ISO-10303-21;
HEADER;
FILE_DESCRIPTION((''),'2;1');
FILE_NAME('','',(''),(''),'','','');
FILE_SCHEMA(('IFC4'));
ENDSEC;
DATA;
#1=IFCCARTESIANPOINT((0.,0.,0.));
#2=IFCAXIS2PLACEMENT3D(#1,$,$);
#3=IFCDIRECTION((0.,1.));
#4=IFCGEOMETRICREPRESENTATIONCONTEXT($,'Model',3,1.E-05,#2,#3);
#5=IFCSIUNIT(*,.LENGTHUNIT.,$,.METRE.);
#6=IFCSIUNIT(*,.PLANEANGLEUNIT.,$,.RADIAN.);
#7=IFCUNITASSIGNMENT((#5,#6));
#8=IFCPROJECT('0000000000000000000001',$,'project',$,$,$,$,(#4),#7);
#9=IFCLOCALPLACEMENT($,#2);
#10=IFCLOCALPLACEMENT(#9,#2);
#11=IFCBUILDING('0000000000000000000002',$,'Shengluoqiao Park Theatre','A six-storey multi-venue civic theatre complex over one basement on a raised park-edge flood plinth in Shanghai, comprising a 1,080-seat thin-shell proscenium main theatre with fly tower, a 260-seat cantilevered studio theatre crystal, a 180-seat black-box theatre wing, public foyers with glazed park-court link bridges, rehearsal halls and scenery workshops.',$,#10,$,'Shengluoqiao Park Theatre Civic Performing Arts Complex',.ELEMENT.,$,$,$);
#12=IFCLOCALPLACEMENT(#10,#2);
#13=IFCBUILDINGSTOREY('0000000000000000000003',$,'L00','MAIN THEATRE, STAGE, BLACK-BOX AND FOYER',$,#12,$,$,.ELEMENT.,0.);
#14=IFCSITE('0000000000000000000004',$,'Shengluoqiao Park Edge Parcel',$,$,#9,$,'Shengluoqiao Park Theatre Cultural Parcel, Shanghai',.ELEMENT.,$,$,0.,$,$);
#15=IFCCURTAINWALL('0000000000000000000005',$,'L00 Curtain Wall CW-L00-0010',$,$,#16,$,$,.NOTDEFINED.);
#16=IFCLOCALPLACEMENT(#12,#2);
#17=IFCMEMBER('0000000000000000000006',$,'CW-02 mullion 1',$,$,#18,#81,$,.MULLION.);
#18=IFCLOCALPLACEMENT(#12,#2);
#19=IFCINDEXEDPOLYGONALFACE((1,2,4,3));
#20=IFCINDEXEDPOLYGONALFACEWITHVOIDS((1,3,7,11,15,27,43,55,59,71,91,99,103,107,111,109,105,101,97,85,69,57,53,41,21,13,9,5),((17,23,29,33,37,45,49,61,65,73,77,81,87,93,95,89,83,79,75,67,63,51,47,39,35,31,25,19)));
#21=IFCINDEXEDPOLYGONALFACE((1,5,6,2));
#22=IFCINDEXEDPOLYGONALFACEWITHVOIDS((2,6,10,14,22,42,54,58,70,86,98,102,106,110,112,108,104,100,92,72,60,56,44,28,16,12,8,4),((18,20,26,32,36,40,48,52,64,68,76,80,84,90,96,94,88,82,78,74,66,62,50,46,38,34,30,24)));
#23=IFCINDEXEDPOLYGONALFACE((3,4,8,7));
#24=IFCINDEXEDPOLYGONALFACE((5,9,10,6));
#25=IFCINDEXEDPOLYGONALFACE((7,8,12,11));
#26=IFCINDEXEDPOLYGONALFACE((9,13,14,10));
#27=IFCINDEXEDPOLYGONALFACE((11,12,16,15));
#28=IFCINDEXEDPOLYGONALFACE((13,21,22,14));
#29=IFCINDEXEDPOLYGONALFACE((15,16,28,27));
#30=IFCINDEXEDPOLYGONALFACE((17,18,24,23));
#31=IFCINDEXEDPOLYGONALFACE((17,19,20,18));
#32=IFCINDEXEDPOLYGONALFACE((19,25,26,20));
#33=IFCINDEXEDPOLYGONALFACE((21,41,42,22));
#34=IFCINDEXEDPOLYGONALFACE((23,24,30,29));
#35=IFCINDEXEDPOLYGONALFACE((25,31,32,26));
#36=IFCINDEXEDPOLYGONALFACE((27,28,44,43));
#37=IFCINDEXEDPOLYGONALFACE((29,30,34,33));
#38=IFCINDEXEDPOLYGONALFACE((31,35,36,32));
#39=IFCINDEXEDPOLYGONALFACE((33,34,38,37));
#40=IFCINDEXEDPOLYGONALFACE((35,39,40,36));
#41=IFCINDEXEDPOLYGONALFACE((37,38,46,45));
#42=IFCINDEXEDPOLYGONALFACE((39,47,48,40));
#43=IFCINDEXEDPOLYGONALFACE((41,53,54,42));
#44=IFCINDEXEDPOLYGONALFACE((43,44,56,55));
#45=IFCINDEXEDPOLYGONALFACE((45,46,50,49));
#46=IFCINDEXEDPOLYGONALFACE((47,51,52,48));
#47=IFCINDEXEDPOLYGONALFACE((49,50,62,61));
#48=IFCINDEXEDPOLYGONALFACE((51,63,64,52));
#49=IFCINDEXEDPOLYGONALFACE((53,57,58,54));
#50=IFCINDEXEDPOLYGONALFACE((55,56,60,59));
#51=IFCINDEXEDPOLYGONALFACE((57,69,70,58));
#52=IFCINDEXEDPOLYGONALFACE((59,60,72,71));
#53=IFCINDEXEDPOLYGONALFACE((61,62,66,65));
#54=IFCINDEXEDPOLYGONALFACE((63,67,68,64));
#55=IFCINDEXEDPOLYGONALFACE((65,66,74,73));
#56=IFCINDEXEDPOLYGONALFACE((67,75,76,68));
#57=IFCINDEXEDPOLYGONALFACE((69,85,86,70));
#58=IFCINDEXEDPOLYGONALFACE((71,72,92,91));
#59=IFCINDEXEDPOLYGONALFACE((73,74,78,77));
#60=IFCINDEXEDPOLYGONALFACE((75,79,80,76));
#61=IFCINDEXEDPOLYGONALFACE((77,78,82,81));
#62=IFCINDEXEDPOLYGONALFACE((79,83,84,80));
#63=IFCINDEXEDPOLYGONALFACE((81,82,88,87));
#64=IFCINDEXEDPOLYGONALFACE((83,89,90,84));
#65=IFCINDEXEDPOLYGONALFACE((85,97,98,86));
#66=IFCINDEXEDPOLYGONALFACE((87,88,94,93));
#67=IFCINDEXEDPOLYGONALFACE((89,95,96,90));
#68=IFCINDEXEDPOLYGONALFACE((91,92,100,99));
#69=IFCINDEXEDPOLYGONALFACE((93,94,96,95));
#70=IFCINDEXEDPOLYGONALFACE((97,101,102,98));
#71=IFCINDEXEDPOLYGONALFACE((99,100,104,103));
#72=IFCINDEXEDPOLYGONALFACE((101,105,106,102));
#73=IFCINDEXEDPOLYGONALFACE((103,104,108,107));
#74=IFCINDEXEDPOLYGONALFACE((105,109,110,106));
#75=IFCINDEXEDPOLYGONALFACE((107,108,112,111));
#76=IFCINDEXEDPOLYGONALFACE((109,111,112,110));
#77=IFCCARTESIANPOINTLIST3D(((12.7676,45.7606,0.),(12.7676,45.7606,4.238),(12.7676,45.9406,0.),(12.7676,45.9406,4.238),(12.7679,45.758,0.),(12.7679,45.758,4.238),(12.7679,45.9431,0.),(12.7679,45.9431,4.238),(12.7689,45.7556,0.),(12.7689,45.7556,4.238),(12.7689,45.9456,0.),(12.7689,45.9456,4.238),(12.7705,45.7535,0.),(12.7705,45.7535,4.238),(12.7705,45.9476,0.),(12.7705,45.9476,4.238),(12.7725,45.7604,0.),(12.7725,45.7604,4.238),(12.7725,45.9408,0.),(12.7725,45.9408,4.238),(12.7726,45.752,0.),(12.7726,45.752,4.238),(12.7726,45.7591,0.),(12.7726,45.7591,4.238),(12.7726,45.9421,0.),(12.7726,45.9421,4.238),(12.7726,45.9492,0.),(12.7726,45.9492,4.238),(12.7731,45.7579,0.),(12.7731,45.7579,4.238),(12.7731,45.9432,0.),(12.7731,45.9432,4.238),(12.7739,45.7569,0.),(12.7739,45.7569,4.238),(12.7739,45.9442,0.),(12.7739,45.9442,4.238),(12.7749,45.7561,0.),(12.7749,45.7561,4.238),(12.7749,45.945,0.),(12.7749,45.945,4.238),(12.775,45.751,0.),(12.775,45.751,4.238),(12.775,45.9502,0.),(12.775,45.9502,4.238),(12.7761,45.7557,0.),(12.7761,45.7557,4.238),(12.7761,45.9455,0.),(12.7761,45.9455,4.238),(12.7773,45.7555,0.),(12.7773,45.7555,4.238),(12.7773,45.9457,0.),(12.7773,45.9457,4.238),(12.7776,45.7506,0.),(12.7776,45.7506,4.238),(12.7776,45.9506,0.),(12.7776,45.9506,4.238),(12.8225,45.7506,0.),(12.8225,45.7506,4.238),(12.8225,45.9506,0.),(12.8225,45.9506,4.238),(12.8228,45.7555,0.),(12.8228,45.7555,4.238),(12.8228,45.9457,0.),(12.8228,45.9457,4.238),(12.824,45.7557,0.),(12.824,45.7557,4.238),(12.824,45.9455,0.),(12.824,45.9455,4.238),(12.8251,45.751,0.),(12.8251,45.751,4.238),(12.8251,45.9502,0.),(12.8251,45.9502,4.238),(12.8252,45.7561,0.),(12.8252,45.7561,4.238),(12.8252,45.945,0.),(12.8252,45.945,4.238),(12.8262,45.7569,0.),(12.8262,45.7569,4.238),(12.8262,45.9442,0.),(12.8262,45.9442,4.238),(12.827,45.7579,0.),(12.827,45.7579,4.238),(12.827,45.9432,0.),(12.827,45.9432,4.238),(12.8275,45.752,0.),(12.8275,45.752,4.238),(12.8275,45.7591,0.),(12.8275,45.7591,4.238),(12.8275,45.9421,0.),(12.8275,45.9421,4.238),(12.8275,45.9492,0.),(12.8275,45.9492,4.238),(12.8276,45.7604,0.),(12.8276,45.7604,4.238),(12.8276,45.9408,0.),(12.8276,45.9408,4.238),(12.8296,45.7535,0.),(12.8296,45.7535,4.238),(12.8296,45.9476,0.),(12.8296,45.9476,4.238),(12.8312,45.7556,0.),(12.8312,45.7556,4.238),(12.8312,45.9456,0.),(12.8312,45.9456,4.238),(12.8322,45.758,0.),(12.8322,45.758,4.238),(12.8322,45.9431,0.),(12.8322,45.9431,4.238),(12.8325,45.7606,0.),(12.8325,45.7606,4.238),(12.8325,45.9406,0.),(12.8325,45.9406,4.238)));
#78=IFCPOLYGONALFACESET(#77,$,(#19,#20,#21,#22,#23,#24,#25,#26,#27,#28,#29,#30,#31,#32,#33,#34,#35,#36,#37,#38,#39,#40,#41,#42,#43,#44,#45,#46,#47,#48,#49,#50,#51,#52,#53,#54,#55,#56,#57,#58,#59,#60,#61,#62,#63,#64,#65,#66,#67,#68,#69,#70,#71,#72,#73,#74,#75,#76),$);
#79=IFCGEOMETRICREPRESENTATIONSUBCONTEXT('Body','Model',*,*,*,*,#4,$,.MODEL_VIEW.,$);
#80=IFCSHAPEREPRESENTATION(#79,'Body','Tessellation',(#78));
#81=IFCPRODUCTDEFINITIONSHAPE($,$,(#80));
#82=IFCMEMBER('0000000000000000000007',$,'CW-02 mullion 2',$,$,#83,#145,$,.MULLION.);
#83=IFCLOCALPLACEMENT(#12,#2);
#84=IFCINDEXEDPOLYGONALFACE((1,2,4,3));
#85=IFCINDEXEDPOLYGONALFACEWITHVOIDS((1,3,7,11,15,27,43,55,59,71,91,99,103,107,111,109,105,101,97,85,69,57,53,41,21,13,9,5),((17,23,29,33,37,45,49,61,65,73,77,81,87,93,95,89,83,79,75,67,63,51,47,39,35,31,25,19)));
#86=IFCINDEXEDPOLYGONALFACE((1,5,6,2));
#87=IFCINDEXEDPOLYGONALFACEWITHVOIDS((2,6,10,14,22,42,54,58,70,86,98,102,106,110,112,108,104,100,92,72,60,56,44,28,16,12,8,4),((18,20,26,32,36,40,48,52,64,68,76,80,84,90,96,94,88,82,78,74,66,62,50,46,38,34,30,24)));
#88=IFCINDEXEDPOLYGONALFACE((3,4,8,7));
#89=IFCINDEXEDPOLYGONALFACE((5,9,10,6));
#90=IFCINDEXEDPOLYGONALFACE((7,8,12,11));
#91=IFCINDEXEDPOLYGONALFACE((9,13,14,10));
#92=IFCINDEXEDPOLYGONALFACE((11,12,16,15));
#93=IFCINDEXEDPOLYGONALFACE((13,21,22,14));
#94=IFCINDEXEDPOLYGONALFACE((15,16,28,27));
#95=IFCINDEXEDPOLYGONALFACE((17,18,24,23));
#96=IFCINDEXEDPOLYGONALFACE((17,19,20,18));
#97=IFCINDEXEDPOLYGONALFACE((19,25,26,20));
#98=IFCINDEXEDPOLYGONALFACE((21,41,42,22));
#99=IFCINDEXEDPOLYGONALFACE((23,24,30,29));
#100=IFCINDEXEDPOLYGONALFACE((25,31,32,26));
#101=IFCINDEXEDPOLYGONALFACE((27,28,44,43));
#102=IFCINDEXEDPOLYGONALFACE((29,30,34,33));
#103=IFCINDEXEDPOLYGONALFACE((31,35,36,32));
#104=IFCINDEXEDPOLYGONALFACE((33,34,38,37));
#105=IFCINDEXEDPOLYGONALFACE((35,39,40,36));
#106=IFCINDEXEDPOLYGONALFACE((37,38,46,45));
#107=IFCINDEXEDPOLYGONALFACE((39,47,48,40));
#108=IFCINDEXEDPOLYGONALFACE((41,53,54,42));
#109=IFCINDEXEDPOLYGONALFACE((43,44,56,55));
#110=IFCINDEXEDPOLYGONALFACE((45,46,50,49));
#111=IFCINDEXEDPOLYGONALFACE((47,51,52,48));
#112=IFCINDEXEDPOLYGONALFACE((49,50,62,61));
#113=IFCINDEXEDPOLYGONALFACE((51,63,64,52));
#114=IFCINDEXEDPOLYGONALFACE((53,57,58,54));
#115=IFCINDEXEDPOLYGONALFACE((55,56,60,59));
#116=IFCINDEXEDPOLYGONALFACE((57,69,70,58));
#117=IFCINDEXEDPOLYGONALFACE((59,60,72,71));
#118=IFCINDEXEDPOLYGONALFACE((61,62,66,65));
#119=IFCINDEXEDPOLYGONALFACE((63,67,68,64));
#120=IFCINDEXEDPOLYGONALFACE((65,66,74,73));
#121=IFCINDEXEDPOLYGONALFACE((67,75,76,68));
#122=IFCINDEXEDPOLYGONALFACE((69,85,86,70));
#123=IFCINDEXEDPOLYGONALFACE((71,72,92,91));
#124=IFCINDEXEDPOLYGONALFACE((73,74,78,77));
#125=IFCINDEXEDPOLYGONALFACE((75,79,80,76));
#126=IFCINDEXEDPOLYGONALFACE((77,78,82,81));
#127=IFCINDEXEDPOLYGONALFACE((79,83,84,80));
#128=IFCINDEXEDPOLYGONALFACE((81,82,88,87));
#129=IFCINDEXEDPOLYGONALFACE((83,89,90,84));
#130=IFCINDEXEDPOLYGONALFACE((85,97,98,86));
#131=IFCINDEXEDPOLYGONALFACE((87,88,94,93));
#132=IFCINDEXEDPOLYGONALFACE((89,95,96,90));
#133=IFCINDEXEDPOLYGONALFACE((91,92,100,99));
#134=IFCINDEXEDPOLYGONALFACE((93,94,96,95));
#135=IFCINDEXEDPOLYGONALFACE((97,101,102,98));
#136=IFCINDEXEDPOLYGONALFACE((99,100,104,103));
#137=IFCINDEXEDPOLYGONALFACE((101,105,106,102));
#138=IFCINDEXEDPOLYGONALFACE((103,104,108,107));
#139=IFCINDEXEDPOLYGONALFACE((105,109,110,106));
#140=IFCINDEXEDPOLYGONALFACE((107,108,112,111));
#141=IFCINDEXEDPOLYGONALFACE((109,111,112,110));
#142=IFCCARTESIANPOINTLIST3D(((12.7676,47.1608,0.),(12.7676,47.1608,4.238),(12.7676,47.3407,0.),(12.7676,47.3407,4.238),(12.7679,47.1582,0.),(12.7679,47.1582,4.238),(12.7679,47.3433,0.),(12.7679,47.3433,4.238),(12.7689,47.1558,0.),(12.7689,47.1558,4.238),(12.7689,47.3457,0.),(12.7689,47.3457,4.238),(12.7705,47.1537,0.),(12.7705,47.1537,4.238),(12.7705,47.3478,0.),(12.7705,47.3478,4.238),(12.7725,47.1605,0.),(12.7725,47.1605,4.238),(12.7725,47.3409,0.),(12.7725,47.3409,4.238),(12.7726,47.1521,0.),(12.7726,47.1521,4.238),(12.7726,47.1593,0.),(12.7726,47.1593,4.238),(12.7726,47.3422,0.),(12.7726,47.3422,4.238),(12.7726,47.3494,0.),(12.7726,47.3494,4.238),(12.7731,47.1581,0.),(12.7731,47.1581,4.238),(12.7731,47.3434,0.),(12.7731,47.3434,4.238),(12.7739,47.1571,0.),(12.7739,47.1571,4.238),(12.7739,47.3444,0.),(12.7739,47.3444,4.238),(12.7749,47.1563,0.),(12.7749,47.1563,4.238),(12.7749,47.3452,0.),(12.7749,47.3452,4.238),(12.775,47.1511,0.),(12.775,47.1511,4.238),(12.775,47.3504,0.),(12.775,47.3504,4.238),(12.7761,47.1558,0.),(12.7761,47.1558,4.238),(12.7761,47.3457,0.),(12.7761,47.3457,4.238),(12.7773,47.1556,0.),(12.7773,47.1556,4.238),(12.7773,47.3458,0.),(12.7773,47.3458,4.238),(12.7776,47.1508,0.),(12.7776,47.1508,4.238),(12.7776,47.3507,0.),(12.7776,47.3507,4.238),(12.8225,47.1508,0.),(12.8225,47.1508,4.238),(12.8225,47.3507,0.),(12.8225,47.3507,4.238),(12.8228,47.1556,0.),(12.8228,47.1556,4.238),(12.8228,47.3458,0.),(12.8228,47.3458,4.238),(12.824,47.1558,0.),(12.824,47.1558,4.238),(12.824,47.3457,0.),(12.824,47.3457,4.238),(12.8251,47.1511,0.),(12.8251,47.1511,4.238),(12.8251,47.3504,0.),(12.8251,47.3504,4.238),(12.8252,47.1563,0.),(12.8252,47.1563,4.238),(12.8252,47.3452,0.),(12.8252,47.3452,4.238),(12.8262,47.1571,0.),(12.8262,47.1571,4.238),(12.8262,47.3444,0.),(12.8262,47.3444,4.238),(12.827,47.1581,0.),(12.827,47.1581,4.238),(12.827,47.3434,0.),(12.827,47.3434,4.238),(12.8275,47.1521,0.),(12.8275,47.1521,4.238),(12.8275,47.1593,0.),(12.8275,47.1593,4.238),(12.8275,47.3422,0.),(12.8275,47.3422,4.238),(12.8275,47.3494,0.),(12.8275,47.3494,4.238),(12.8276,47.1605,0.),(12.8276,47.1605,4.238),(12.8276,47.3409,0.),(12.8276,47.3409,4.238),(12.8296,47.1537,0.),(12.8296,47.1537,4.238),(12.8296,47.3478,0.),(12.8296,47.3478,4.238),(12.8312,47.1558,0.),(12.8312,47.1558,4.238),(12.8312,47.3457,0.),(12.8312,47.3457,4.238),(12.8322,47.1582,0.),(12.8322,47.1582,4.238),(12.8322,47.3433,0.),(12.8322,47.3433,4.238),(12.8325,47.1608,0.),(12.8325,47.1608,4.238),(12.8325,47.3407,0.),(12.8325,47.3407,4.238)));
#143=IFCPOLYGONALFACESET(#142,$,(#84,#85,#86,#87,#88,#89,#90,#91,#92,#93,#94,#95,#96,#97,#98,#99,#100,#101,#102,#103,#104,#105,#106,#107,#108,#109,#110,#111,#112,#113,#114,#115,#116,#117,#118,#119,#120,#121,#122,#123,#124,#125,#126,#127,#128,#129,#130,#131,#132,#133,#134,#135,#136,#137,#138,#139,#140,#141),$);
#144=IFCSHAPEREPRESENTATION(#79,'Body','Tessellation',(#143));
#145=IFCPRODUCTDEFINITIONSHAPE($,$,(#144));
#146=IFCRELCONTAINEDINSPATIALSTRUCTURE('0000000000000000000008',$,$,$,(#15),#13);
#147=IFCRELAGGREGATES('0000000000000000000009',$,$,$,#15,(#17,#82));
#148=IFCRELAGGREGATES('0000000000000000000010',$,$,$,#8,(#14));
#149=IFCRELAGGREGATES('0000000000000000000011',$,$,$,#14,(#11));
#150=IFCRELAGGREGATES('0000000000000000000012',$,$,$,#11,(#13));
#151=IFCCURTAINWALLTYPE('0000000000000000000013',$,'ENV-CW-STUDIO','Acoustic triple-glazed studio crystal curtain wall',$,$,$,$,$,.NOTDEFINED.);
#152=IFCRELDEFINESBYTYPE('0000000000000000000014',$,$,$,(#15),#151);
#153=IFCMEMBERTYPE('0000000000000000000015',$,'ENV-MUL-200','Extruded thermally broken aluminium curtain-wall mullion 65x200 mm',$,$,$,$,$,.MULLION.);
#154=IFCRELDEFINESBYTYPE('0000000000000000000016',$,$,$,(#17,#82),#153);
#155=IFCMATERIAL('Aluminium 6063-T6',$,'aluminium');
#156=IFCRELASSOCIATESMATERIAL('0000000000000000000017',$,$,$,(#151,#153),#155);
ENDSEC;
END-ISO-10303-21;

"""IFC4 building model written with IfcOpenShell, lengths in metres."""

from ifc_helpers import new_model, si_unit, direction, frame, origin, origin_2d, place, context, subcontext, project, spatial, hollow_rectangle, extrude, material, material_profile, profile_set, type_object, element, aggregate, save


model = new_model("IFC4")

# Units and contexts
model_context = context("Model", 3, precision=1e-05, world=origin(), true_north=direction((0.0, 1.0)))
body_context = subcontext(model_context, "Body", "Model", "MODEL_VIEW")
ifc_project = project(units=[si_unit("LENGTHUNIT", "METRE"), si_unit("PLANEANGLEUNIT", "RADIAN")], contexts=[model_context])

# Site, building, storey
site_placement = place(None, origin())
site = spatial("IfcSite", under=ifc_project, at=site_placement, Name="Shengluoqiao Park Edge Parcel", LongName="Shengluoqiao Park Theatre Cultural Parcel, Shanghai", CompositionType="ELEMENT", RefElevation=0.0)
building_placement = place(site_placement, origin())
building = spatial("IfcBuilding", under=site, at=building_placement, Name="Shengluoqiao Park Theatre", Description="A six-storey multi-venue civic theatre complex over one basement on a raised park-edge flood plinth in Shanghai, comprising a 1,080-seat thin-shell proscenium main theatre with fly tower, a 260-seat cantilevered studio theatre crystal, a 180-seat black-box theatre wing, public foyers with glazed park-court link bridges, rehearsal halls and scenery workshops.", LongName="Shengluoqiao Park Theatre Civic Performing Arts Complex", CompositionType="ELEMENT")
storey_placement = place(building_placement, origin())
storey = spatial("IfcBuildingStorey", under=building, at=storey_placement, Name="L00", Description="MAIN THEATRE, STAGE, BLACK-BOX AND FOYER", CompositionType="ELEMENT", Elevation=0.0)

# Curtain wall, members
ifc_material_1 = material(Name="Aluminium 6063-T6", Category="aluminium")
curtain_wall_type = type_object("IfcCurtainWallType", Name="ENV-CW-STUDIO", Description="Acoustic triple-glazed studio crystal curtain wall", PredefinedType="NOTDEFINED", material=ifc_material_1)
curtain_wall_placement = place(storey_placement, origin())
curtain_wall = element("IfcCurtainWall", 1, at=curtain_wall_placement, inside=storey, type_object=curtain_wall_type, Name="L00 Curtain Wall CW-L00-0010", PredefinedType="NOTDEFINED")
ifc_material_profile_1 = material_profile(ifc_material_1, hollow_rectangle(XDim=0.0649, YDim=0.2, WallThickness=0.0049, InnerFilletRadius=0.0049, OuterFilletRadius=0.01, at=origin_2d()), Name="ALU MULLION 200x65x5")
ifc_profile_set_1 = profile_set([ifc_material_profile_1], Name="Aluminium 6063-T6")
member_type_1 = type_object("IfcMemberType", Name="ENV-MUL-200", Description="Extruded thermally broken aluminium curtain-wall mullion 65x200 mm", PredefinedType="MULLION", material=ifc_profile_set_1)
member_1_placement = place(storey_placement, frame((12.8, 45.8506, 0.0), z_axis=(0.0, 0.0, 1.0), x_axis=(-1.0, 0.0, 0.0)))
member_1 = element("IfcMember", 2, at=member_1_placement, type_object=member_type_1, Name="CW-02 mullion 1", PredefinedType="MULLION", context=body_context, shape_type="SweptSolid", body=[
    extrude(hollow_rectangle(XDim=0.0649, YDim=0.2, WallThickness=0.0049, InnerFilletRadius=0.0049, OuterFilletRadius=0.01, at=origin_2d()), origin(), (0.0, 0.0, 1.0), 4.238),
])
member_2_placement = place(storey_placement, frame((12.8, 47.2507, 0.0), z_axis=(0.0, 0.0, 1.0), x_axis=(-1.0, 0.0, 0.0)))
member_2 = element("IfcMember", 3, at=member_2_placement, type_object=member_type_1, Name="CW-02 mullion 2", PredefinedType="MULLION", context=body_context, shape_type="SweptSolid", body=[
    extrude(hollow_rectangle(XDim=0.0649, YDim=0.2, WallThickness=0.0049, InnerFilletRadius=0.0049, OuterFilletRadius=0.01, at=origin_2d()), origin(), (0.0, 0.0, 1.0), 4.238),
])
aggregate(curtain_wall, [member_1, member_2])

save(model, "model.ifc")
